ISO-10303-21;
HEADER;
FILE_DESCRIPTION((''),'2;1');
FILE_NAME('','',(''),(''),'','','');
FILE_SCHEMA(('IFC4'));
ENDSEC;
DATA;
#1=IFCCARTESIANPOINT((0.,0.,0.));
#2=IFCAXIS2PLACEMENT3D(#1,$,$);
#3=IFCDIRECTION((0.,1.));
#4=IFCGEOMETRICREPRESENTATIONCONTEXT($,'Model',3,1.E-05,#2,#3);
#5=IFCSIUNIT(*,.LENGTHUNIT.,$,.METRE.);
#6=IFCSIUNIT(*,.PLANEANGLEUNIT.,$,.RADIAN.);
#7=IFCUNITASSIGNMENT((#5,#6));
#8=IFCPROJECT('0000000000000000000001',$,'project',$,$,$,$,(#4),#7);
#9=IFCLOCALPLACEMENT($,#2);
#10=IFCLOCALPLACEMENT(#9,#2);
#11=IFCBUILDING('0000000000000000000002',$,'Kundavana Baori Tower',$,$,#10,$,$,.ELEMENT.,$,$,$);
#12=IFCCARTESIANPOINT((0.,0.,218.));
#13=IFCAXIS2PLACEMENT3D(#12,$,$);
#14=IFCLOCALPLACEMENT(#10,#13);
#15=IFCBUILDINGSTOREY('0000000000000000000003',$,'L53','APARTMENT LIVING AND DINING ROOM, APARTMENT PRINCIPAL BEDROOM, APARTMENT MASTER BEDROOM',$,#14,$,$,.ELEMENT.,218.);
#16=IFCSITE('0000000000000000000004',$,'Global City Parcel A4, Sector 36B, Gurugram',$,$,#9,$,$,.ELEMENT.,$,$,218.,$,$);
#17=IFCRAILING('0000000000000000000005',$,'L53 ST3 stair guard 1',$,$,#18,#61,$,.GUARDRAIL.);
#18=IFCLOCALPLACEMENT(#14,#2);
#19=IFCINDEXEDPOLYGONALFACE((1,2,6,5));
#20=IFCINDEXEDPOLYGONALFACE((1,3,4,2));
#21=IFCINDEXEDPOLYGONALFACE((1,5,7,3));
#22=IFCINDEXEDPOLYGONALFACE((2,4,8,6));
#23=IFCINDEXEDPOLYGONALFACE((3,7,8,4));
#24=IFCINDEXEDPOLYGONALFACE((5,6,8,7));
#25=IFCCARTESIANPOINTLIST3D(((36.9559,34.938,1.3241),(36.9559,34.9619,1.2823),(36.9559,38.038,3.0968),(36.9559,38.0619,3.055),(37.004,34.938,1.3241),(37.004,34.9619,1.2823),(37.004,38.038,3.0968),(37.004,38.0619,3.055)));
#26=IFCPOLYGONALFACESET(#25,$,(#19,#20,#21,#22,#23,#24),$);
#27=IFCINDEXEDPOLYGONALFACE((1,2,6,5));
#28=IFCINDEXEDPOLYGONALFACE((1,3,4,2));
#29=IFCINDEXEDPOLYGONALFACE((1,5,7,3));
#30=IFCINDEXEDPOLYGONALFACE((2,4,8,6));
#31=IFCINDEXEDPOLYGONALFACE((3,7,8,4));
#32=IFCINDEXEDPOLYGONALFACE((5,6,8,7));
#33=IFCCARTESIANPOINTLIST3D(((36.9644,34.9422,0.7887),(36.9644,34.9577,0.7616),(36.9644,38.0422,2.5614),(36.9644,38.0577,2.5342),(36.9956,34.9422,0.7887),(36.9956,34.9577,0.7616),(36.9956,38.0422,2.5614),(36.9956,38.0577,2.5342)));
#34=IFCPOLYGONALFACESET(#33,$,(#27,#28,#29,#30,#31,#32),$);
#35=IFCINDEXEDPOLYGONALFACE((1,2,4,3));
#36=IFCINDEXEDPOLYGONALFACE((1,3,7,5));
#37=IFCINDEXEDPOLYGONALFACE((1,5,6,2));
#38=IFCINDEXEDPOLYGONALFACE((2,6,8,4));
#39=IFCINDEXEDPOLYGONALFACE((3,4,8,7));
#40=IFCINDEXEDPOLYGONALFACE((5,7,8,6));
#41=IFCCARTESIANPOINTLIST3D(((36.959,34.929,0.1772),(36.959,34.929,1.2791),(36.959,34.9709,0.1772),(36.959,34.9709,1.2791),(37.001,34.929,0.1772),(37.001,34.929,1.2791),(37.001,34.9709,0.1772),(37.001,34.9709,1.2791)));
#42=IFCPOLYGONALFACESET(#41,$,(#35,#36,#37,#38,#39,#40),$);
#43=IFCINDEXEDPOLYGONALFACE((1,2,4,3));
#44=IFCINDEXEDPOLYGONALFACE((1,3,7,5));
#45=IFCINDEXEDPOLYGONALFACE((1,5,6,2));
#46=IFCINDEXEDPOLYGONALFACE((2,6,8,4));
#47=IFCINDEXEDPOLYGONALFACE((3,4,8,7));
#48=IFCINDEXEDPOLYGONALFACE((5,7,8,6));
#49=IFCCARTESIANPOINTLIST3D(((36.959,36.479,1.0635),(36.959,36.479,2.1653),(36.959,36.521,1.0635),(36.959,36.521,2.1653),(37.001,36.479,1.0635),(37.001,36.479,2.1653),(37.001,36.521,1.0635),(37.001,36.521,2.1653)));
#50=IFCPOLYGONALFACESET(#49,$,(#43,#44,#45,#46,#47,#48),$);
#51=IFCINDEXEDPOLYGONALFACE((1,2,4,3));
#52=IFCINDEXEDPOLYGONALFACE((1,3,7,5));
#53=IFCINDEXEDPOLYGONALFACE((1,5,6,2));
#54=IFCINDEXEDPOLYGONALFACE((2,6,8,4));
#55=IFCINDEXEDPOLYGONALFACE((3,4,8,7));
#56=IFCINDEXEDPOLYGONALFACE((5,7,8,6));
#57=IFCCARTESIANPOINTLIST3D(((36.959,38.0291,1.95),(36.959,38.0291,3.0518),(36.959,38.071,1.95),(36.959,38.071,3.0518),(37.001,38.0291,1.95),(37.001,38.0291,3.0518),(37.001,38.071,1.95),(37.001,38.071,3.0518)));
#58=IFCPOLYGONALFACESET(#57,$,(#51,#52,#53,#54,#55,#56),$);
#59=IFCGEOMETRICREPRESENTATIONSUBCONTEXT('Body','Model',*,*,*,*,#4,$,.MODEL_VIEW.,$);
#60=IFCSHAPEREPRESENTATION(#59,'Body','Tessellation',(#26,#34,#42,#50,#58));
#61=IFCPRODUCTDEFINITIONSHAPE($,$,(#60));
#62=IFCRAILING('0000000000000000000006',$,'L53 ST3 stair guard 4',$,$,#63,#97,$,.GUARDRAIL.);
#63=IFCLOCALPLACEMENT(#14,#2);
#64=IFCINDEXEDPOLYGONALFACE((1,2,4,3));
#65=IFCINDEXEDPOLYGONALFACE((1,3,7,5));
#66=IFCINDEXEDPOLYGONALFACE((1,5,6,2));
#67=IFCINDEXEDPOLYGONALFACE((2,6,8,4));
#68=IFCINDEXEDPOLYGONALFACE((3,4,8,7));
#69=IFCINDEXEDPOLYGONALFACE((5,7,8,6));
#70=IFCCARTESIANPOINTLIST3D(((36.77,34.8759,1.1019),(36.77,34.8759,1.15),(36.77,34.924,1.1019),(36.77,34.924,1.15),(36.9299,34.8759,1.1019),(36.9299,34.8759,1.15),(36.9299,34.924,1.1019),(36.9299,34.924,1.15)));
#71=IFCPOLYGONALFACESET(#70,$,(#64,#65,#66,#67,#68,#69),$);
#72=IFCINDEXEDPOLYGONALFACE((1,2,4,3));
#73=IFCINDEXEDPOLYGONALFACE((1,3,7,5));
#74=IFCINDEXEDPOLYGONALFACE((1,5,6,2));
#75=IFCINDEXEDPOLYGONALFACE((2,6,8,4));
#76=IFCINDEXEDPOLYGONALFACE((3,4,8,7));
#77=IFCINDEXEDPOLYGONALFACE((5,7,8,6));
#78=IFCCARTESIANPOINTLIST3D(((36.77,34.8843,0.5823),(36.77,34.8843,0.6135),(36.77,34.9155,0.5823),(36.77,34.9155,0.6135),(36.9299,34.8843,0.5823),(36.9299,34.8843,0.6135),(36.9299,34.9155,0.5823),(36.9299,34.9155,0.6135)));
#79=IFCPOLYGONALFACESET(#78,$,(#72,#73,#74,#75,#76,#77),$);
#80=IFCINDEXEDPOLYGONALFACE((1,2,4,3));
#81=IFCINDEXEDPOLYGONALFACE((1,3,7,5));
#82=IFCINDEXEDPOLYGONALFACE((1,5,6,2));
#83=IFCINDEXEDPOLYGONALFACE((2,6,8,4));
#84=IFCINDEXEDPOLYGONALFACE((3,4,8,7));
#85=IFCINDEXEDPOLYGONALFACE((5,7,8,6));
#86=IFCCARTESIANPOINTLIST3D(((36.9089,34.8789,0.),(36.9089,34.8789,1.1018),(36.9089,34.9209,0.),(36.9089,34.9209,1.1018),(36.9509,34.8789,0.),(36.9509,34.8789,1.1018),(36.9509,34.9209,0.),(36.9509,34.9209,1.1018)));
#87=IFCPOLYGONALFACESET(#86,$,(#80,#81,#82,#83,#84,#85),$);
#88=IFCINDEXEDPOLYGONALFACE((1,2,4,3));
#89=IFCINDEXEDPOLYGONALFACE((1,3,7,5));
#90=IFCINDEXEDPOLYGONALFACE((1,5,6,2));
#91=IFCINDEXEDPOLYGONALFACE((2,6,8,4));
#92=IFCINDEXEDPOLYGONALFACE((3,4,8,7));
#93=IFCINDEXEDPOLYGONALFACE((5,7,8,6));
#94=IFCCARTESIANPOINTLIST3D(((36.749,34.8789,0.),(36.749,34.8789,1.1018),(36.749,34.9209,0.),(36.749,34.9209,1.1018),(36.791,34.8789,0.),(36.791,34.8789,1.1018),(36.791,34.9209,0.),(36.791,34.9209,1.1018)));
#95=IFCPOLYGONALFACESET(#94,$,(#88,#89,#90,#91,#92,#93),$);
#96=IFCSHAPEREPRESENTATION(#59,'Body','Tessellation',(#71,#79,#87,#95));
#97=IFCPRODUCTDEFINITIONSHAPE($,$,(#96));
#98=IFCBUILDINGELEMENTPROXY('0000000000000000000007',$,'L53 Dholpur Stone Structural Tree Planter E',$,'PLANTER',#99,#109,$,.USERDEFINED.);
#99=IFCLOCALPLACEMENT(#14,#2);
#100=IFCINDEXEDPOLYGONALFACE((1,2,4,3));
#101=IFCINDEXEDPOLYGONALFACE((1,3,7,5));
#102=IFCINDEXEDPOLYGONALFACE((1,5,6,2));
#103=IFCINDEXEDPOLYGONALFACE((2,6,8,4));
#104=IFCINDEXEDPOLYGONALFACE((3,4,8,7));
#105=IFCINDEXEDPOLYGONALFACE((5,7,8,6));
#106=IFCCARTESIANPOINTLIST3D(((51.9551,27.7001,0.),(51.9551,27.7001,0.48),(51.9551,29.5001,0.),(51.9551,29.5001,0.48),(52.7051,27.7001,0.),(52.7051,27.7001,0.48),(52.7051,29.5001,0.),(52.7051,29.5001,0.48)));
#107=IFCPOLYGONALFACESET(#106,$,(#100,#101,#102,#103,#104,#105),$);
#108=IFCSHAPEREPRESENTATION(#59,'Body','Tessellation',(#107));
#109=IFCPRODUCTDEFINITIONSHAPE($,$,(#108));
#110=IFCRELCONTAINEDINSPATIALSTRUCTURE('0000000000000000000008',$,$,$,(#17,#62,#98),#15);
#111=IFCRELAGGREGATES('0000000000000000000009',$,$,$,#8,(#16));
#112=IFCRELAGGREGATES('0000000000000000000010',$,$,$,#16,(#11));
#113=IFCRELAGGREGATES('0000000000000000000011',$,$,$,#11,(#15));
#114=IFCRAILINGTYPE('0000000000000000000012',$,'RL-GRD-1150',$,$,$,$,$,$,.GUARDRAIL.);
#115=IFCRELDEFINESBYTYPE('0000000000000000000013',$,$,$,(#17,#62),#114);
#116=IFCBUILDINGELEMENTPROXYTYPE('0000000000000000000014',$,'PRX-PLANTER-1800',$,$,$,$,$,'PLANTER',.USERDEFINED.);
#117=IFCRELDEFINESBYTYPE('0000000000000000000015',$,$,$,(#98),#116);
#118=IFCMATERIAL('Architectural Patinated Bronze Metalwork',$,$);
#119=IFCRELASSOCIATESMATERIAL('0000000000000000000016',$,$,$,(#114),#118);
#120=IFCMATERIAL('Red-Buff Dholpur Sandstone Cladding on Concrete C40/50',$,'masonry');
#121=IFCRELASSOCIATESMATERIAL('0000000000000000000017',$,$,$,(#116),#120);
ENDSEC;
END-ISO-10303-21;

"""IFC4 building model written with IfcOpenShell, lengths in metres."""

from ifc_helpers import new_model, si_unit, direction, frame, origin, origin_2d, place, context, subcontext, project, spatial, rectangle, extrude, material, type_object, element, save


model = new_model("IFC4")

# Units and contexts
model_context = context("Model", 3, precision=1e-05, world=origin(), true_north=direction((0.0, 1.0)))
body_context = subcontext(model_context, "Body", "Model", "MODEL_VIEW")
ifc_project = project(units=[si_unit("LENGTHUNIT", "METRE"), si_unit("PLANEANGLEUNIT", "RADIAN")], contexts=[model_context])

# Site, building, storey
site_placement = place(None, origin())
site = spatial("IfcSite", under=ifc_project, at=site_placement, Name="Global City Parcel A4, Sector 36B, Gurugram", CompositionType="ELEMENT", RefElevation=218.0)
building_placement = place(site_placement, origin())
building = spatial("IfcBuilding", under=site, at=building_placement, Name="Kundavana Baori Tower", CompositionType="ELEMENT")
storey_placement = place(building_placement, frame((0.0, 0.0, 218.0)))
storey = spatial("IfcBuildingStorey", under=building, at=storey_placement, Name="L53", Description="APARTMENT LIVING AND DINING ROOM, APARTMENT PRINCIPAL BEDROOM, APARTMENT MASTER BEDROOM", CompositionType="ELEMENT", Elevation=218.0)

# Railings
ifc_material_1 = material(Name="Architectural Patinated Bronze Metalwork")
railing_type = type_object("IfcRailingType", Name="RL-GRD-1150", PredefinedType="GUARDRAIL", material=ifc_material_1)
railing_1_placement = place(storey_placement, frame((36.98, 34.95, 0.1772)))
element("IfcRailing", 1, at=railing_1_placement, inside=storey, type_object=railing_type, Name="L53 ST3 stair guard 1", PredefinedType="GUARDRAIL", context=body_context, shape_type="SweptSolid", body=[
    extrude(rectangle(XDim=0.0481, YDim=0.0481, at=origin_2d()), frame((0.0, 0.0, 1.126), z_axis=(0.0, 0.868096, 0.496397), x_axis=(-1.0, 0.0, 0.0)), (0.0, 0.0, 1.0), 3.571),
    extrude(rectangle(XDim=0.0312, YDim=0.0312, at=origin_2d()), frame((0.0, 0.0, 0.5979), z_axis=(0.0, 0.868096, 0.496397), x_axis=(-1.0, 0.0, 0.0)), (0.0, 0.0, 1.0), 3.571),
    extrude(rectangle(XDim=0.042, YDim=0.042, at=origin_2d()), origin(), (0.0, 0.0, 1.0), 1.1018),
    extrude(rectangle(XDim=0.042, YDim=0.042, at=origin_2d()), frame((0.0, 1.55, 0.8862)), (0.0, 0.0, 1.0), 1.1018),
    extrude(rectangle(XDim=0.042, YDim=0.042, at=origin_2d()), frame((0.0, 3.1001, 1.7727)), (0.0, 0.0, 1.0), 1.1018),
])
railing_2_placement = place(storey_placement, frame((36.9299, 34.8999, 0.0)))
element("IfcRailing", 2, at=railing_2_placement, inside=storey, type_object=railing_type, Name="L53 ST3 stair guard 4", PredefinedType="GUARDRAIL", context=body_context, shape_type="SweptSolid", body=[
    extrude(rectangle(XDim=0.0481, YDim=0.0481, at=origin_2d()), frame((0.0, 0.0, 1.126), z_axis=(-1.0, 0.0, 0.0), x_axis=(0.0, -1.0, 0.0)), (0.0, 0.0, 1.0), 0.1599),
    extrude(rectangle(XDim=0.0312, YDim=0.0312, at=origin_2d()), frame((0.0, 0.0, 0.5979), z_axis=(-1.0, 0.0, 0.0), x_axis=(0.0, -1.0, 0.0)), (0.0, 0.0, 1.0), 0.1599),
    extrude(rectangle(XDim=0.042, YDim=0.042, at=origin_2d()), origin(), (0.0, 0.0, 1.0), 1.1018),
    extrude(rectangle(XDim=0.042, YDim=0.042, at=origin_2d()), frame((-0.1599, 0.0, 0.0)), (0.0, 0.0, 1.0), 1.1018),
])

# Building element proxy
ifc_material_2 = material(Name="Red-Buff Dholpur Sandstone Cladding on Concrete C40/50", Category="masonry")
building_element_proxy_type = type_object("IfcBuildingElementProxyType", Name="PRX-PLANTER-1800", ElementType="PLANTER", PredefinedType="USERDEFINED", material=ifc_material_2)
proxy_placement = place(storey_placement, frame((52.3301, 28.6001, 0.0), z_axis=(0.0, 0.0, 1.0), x_axis=(0.0, 1.0, 0.0)))
element("IfcBuildingElementProxy", 3, at=proxy_placement, inside=storey, type_object=building_element_proxy_type, Name="L53 Dholpur Stone Structural Tree Planter E", ObjectType="PLANTER", PredefinedType="USERDEFINED", context=body_context, shape_type="SweptSolid", body=[
    extrude(rectangle(XDim=1.8, YDim=0.75, at=origin_2d()), origin(), (0.0, 0.0, 1.0), 0.48),
])

save(model, "model.ifc")
